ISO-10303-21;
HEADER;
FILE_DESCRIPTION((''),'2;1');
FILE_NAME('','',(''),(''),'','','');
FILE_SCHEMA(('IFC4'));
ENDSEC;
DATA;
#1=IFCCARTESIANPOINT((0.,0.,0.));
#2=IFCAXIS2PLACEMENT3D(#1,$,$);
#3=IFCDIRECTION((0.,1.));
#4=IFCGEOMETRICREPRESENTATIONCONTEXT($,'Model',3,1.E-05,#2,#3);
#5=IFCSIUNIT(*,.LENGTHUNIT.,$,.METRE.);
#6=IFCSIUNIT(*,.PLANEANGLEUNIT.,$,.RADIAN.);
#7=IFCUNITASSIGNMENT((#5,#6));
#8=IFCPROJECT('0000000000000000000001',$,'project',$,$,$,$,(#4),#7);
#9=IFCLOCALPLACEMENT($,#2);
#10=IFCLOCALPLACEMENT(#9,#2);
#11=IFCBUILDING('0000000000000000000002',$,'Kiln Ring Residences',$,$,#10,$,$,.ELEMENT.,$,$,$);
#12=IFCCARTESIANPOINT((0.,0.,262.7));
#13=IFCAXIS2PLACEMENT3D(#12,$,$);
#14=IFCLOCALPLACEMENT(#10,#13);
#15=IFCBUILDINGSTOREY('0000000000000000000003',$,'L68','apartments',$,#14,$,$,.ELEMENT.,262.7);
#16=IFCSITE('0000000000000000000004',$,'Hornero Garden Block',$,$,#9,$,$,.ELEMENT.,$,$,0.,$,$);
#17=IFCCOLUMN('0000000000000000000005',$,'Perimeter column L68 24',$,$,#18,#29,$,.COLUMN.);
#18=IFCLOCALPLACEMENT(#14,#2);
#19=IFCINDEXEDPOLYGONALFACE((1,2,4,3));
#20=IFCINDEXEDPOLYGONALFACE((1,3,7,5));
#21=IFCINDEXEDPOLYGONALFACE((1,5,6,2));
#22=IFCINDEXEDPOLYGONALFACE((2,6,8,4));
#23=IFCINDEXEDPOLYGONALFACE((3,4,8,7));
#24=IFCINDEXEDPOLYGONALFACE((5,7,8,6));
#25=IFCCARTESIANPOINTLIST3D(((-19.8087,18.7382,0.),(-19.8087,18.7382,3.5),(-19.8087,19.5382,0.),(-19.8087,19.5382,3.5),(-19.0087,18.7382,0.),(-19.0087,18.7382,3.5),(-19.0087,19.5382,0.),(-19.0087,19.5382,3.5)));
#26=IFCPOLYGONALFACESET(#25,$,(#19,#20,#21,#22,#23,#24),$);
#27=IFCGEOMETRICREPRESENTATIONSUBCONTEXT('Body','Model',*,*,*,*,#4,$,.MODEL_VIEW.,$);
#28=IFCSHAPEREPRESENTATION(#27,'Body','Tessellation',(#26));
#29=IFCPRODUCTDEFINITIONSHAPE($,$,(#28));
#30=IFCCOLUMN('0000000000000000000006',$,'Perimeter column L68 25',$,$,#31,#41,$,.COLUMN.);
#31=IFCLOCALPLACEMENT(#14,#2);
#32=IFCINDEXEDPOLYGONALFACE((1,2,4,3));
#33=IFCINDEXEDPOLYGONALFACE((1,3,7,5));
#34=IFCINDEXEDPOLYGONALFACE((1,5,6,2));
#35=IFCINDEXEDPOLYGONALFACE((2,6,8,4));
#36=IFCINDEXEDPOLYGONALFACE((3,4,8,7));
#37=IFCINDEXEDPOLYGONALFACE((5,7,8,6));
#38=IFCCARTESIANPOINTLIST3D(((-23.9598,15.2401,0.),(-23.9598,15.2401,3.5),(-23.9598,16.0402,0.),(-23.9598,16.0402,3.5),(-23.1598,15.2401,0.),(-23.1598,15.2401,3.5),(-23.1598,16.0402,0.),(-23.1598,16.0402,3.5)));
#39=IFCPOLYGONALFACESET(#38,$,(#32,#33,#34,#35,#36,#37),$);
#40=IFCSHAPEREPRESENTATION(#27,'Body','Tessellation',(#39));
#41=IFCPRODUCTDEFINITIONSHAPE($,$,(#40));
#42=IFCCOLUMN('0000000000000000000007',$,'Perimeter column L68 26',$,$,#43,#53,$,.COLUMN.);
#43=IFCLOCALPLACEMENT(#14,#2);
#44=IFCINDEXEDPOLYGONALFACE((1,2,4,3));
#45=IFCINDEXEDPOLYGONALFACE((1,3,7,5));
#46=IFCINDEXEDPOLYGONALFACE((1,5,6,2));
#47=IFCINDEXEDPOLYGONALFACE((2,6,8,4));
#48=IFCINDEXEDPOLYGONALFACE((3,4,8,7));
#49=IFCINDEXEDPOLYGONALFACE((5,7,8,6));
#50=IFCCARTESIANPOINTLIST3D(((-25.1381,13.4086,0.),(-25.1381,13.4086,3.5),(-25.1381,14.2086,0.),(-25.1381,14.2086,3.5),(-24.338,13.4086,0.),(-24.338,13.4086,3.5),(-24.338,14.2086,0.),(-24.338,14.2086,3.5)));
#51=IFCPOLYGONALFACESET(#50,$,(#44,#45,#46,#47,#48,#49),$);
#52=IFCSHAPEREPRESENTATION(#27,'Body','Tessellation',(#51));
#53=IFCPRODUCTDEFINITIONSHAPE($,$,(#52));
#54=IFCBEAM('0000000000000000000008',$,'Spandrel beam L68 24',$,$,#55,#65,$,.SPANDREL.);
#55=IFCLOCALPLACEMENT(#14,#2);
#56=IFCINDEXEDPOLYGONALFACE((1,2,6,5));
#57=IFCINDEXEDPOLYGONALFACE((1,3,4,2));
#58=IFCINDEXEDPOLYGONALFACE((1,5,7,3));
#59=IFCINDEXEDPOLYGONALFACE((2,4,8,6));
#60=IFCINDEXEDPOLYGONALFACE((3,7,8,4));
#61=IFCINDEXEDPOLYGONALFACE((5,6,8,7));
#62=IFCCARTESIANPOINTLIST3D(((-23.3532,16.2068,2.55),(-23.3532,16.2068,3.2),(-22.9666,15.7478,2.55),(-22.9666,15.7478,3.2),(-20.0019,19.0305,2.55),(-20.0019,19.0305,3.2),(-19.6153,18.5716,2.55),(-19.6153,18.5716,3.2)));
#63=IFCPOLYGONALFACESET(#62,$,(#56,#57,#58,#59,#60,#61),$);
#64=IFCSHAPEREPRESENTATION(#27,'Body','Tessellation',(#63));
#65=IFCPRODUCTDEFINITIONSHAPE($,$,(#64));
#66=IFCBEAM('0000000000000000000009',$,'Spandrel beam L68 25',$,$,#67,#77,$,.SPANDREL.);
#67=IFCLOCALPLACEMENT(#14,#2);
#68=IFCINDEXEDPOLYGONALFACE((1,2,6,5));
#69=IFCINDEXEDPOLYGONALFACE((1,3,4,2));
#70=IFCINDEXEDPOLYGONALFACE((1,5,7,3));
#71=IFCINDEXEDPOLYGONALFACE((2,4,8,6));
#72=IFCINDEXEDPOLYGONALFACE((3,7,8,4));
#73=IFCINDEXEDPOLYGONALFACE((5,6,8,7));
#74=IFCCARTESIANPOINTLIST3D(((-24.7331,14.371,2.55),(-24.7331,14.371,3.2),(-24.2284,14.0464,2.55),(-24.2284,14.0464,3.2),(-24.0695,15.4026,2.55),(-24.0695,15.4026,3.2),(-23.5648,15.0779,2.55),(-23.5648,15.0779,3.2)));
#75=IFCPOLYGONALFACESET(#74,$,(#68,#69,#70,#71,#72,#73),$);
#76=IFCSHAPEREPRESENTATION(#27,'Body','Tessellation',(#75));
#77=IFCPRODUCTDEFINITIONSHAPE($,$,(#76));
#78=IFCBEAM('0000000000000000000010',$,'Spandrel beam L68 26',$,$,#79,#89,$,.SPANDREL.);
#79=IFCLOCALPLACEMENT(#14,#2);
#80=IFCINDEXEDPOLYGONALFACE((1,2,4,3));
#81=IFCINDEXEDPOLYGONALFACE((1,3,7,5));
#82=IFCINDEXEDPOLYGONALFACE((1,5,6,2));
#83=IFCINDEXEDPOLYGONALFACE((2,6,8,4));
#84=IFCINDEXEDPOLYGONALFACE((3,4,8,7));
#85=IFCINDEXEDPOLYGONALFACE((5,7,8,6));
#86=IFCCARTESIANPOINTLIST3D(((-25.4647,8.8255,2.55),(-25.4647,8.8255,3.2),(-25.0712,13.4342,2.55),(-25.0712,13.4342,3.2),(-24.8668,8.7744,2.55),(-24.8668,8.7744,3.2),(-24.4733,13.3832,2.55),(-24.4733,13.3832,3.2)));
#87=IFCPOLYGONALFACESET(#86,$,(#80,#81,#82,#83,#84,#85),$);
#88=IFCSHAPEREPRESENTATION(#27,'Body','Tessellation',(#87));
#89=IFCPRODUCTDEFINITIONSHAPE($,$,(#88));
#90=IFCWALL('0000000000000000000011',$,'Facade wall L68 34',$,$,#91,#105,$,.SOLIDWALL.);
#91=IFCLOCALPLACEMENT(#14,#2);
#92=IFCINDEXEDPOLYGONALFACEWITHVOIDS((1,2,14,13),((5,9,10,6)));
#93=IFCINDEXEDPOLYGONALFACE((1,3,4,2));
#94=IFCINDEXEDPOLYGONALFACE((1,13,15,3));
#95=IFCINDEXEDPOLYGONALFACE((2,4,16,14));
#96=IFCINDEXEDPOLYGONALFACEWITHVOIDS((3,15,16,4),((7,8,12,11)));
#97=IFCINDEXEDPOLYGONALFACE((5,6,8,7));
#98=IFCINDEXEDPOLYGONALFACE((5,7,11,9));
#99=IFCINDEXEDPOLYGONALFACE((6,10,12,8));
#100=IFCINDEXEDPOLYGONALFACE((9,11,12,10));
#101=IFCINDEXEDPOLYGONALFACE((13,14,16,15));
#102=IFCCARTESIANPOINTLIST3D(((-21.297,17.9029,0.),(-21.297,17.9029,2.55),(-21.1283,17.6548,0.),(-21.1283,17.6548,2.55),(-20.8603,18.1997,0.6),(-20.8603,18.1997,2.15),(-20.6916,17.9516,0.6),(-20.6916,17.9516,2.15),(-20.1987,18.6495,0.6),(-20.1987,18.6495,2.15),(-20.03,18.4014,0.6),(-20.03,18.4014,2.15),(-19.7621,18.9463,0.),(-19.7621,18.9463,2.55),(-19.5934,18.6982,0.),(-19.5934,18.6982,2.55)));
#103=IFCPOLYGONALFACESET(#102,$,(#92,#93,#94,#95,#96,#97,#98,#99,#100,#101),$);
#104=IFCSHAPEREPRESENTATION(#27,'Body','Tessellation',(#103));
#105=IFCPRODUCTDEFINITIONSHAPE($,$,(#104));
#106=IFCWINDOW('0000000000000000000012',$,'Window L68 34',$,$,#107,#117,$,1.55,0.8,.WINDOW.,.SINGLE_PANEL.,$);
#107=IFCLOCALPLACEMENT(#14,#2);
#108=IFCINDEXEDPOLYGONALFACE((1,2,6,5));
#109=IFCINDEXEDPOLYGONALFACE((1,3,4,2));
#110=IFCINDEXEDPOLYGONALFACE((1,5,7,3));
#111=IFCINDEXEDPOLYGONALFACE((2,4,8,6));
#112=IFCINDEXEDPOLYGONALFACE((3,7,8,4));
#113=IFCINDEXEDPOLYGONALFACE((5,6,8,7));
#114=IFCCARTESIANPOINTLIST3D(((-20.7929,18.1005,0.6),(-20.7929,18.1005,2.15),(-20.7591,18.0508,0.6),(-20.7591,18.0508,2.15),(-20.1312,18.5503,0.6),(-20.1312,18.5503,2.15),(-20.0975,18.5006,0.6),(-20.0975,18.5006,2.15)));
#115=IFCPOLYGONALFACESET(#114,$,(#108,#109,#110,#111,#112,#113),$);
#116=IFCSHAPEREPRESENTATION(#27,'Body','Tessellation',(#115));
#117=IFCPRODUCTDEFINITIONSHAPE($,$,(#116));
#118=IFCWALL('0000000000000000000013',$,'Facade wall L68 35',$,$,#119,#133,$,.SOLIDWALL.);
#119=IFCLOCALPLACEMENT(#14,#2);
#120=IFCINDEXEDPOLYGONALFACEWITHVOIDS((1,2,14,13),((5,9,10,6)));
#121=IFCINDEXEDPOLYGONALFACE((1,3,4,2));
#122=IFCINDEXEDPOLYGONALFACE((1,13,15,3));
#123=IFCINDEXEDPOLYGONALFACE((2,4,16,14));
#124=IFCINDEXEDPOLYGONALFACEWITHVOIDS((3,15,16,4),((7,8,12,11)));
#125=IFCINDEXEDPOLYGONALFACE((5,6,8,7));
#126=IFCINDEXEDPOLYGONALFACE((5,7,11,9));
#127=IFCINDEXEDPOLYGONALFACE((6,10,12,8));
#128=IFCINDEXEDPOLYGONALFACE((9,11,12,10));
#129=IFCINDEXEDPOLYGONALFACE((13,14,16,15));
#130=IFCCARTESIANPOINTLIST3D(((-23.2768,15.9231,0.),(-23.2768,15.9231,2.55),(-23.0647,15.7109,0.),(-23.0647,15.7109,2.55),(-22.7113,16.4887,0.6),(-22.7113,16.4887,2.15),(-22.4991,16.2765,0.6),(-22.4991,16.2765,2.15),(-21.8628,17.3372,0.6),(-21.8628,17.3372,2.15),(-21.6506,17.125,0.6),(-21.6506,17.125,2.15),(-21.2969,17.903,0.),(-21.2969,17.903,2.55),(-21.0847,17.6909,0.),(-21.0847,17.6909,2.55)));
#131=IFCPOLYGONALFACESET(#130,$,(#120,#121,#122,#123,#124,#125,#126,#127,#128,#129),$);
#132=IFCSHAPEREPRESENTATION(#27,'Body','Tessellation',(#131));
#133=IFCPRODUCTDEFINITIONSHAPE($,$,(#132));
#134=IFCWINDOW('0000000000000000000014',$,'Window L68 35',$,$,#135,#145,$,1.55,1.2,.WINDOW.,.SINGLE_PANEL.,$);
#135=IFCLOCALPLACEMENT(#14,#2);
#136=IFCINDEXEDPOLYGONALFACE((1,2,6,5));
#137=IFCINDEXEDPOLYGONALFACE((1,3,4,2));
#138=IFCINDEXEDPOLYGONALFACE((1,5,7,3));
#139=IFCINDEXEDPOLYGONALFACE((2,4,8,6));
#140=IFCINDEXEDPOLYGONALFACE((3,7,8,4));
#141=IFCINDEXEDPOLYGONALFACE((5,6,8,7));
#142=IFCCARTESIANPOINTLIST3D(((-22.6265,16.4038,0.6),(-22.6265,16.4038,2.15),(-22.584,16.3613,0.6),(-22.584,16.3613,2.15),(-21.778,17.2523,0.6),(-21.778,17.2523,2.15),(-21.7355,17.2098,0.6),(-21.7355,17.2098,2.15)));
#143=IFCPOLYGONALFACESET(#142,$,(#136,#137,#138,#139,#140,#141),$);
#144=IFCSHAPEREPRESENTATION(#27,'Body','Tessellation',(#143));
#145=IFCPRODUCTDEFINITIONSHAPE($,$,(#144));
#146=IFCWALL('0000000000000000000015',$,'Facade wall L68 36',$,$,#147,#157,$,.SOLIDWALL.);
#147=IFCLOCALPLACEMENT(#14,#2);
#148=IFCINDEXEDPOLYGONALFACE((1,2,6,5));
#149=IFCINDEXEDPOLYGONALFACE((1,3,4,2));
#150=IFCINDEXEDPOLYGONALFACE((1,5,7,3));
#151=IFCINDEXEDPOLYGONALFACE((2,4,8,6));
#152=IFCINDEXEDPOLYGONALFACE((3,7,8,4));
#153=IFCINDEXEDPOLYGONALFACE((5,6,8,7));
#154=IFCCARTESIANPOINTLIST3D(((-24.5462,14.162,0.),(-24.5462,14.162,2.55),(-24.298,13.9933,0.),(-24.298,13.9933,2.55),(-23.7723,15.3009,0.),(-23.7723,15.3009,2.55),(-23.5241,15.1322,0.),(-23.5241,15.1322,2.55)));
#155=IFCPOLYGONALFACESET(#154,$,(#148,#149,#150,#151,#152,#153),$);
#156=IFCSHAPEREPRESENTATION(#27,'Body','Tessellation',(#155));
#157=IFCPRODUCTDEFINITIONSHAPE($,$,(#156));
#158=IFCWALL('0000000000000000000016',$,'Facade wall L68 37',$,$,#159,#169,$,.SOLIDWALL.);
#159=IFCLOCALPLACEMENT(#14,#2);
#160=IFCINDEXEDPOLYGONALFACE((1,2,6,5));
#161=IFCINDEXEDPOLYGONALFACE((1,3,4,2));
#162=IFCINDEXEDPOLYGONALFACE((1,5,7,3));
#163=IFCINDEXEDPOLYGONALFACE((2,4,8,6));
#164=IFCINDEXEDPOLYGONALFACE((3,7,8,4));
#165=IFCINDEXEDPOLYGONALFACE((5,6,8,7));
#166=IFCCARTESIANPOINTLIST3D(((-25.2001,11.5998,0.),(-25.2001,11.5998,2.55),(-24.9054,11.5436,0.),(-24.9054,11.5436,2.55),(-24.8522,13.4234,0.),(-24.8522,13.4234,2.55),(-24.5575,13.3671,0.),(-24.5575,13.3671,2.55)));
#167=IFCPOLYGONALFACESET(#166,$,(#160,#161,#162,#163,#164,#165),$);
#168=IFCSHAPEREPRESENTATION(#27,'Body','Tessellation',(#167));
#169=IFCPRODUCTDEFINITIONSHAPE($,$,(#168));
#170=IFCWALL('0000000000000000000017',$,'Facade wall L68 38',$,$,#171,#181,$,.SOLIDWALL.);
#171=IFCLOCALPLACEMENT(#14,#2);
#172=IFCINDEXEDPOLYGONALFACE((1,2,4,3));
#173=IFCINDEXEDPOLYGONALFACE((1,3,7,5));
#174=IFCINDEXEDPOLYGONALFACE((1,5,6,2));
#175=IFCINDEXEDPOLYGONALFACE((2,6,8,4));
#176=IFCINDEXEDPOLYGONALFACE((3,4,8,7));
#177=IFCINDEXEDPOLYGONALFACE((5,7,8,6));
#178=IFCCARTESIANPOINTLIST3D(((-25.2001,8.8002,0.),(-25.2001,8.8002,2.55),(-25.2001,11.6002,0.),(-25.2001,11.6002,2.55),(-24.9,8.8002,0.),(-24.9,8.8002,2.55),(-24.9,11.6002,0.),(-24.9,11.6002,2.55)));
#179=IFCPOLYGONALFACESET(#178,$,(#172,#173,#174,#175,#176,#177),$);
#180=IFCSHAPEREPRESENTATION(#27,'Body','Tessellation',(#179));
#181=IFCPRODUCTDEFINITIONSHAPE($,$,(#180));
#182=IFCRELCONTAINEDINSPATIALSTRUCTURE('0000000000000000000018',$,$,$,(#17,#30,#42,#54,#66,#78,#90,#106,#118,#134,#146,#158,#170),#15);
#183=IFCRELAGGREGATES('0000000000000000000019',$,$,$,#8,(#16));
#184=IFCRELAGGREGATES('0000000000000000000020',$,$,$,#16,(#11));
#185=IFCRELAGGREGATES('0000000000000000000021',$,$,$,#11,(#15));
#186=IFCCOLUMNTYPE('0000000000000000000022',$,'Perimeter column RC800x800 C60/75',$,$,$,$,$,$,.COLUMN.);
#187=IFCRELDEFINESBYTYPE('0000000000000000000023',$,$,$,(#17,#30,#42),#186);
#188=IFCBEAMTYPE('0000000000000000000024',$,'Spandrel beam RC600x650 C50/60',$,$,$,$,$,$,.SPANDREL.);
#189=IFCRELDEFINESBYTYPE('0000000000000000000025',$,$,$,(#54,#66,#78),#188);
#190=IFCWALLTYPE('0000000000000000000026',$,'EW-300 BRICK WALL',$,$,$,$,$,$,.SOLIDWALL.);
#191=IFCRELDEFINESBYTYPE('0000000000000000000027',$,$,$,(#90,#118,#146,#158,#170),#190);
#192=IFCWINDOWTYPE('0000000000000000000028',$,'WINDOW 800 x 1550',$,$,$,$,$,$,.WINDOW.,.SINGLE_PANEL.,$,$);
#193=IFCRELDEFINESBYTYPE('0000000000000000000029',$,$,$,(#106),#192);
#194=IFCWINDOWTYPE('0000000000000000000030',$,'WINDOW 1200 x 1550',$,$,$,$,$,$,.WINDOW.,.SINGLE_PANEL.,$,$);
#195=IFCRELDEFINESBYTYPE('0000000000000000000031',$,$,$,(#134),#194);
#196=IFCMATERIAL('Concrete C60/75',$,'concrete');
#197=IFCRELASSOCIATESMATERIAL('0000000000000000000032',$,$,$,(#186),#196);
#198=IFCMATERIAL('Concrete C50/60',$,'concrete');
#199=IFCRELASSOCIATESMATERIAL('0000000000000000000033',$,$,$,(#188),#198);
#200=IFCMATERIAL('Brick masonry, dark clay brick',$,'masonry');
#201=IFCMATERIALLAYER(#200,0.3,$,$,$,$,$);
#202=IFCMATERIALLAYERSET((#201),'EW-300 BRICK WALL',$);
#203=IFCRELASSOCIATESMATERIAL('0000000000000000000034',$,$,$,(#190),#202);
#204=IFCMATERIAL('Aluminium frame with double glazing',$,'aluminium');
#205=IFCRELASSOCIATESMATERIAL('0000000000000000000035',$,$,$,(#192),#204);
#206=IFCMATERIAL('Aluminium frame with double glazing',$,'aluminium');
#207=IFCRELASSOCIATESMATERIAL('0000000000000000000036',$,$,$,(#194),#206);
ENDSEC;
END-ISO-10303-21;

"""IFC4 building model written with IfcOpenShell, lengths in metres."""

from ifc_helpers import new_model, si_unit, direction, frame, frame_2d, origin, origin_2d, place, context, subcontext, project, spatial, rectangle, extrude, material, layer, layer_set, material_profile, profile_set, type_object, element, fill, save


model = new_model("IFC4")

# Units and contexts
model_context = context("Model", 3, precision=1e-05, world=origin(), true_north=direction((0.0, 1.0)))
body_context = subcontext(model_context, "Body", "Model", "MODEL_VIEW")
ifc_project = project(units=[si_unit("LENGTHUNIT", "METRE"), si_unit("PLANEANGLEUNIT", "RADIAN")], contexts=[model_context])

# Site, building, storey
site_placement = place(None, origin())
site = spatial("IfcSite", under=ifc_project, at=site_placement, Name="Hornero Garden Block", CompositionType="ELEMENT", RefElevation=0.0)
building_placement = place(site_placement, origin())
building = spatial("IfcBuilding", under=site, at=building_placement, Name="Kiln Ring Residences", CompositionType="ELEMENT")
storey_placement = place(building_placement, frame((0.0, 0.0, 262.7)))
storey = spatial("IfcBuildingStorey", under=building, at=storey_placement, Name="L68", Description="apartments", CompositionType="ELEMENT", Elevation=262.7)

# Columns
ifc_material_1 = material(Name="Concrete C60/75", Category="concrete")
ifc_material_profile_1 = material_profile(ifc_material_1, rectangle(XDim=0.8, YDim=0.8, at=origin_2d()), Name="RC800x800")
ifc_profile_set_1 = profile_set([ifc_material_profile_1], Name="Concrete C60/75")
column_type = type_object("IfcColumnType", Name="Perimeter column RC800x800 C60/75", PredefinedType="COLUMN", material=ifc_profile_set_1)
for number, where, z_axis, x_axis, name in (
    (1, (-19.4087, 19.1382, 0.0), (0.0, 0.0, 1.0), (1.0, 0.0, 0.0), "Perimeter column L68 24"),
    (2, (-23.5598, 15.6401, 0.0), (0.0, 0.0, 1.0), (1.0, 0.0, 0.0), "Perimeter column L68 25"),
    (3, (-24.738, 13.8086, 0.0), (0.0, 0.0, 1.0), (1.0, 0.0, 0.0), "Perimeter column L68 26"),
):
    element("IfcColumn", number, at=place(storey_placement, frame(where, z_axis=z_axis, x_axis=x_axis)), inside=storey, type_object=column_type, Name=name, PredefinedType="COLUMN", context=body_context, shape_type="SweptSolid", body=[
        extrude(rectangle(XDim=0.8, YDim=0.8, at=origin_2d()), origin(), (0.0, 0.0, 1.0), 3.5),
    ])

# Beams
ifc_material_2 = material(Name="Concrete C50/60", Category="concrete")
ifc_material_profile_2 = material_profile(ifc_material_2, rectangle(XDim=0.6001, YDim=0.6499, at=origin_2d()), Name="RC600x650")
ifc_profile_set_2 = profile_set([ifc_material_profile_2], Name="Concrete C50/60")
beam_type = type_object("IfcBeamType", Name="Spandrel beam RC600x650 C50/60", PredefinedType="SPANDREL", material=ifc_profile_set_2)
beam_1_placement = place(storey_placement, frame((-19.8086, 18.801, 2.875), z_axis=(-0.764735, -0.644345, 0.0), x_axis=(0.644345, -0.764735, 0.0)))
element("IfcBeam", 4, at=beam_1_placement, inside=storey, type_object=beam_type, Name="Spandrel beam L68 24", PredefinedType="SPANDREL", context=body_context, shape_type="SweptSolid", body=[
    extrude(rectangle(XDim=0.6001, YDim=0.6499, at=origin_2d()), origin(), (0.0, 0.0, 1.0), 4.3823),
])
beam_2_placement = place(storey_placement, frame((-23.8171, 15.2402, 2.875), z_axis=(-0.541029, -0.841004, 0.0), x_axis=(0.841004, -0.541029, 0.0)))
element("IfcBeam", 5, at=beam_2_placement, inside=storey, type_object=beam_type, Name="Spandrel beam L68 25", PredefinedType="SPANDREL", context=body_context, shape_type="SweptSolid", body=[
    extrude(rectangle(XDim=0.6001, YDim=0.6499, at=origin_2d()), origin(), (0.0, 0.0, 1.0), 1.2266),
])
beam_3_placement = place(storey_placement, frame((-24.7722, 13.4087, 2.875), z_axis=(-0.085085, -0.996374, 0.0), x_axis=(0.996374, -0.085085, 0.0)))
element("IfcBeam", 6, at=beam_3_placement, inside=storey, type_object=beam_type, Name="Spandrel beam L68 26", PredefinedType="SPANDREL", context=body_context, shape_type="SweptSolid", body=[
    extrude(rectangle(XDim=0.6001, YDim=0.6499, at=origin_2d()), origin(), (0.0, 0.0, 1.0), 4.6255),
])

# Walls, openings, windows
ifc_material_3 = material(Name="Brick masonry, dark clay brick", Category="masonry")
ifc_layer_1 = layer(ifc_material_3, 0.3)
ifc_layer_set_1 = layer_set([ifc_layer_1], Name="EW-300 BRICK WALL")
wall_type_1 = type_object("IfcWallType", Name="EW-300 BRICK WALL", PredefinedType="SOLIDWALL", material=ifc_layer_set_1)
wall_1_placement = place(storey_placement, frame((-19.6777, 18.8223, 0.0), z_axis=(0.0, 0.0, 1.0), x_axis=(-0.826997, -0.562206, 0.0)))
wall_1 = element("IfcWall", 7, at=wall_1_placement, inside=storey, type_object=wall_type_1, Name="Facade wall L68 34", PredefinedType="SOLIDWALL", context=body_context, shape_type="SweptSolid", body=[
    extrude(rectangle(XDim=1.856, YDim=0.3, at=frame_2d((0.928, 0.0))), origin(), (0.0, 0.0, 1.0), 2.55),
])
opening_1_placement = place(wall_1_placement, frame((0.5281, 0.0, 0.6001)))
opening_1 = element("IfcOpeningElement", 8, at=opening_1_placement, cuts=wall_1, PredefinedType="OPENING", context=body_context, shape_type="SweptSolid", body=[
    extrude(rectangle(XDim=0.8, YDim=1.55, at=frame_2d((0.3999, 0.7749))), frame((0.0, 0.1599, 0.0), z_axis=(0.0, -1.0, 0.0), x_axis=(1.0, 0.0, 0.0)), (0.0, 0.0, 1.0), 0.3201),
])
ifc_material_4 = material(Name="Aluminium frame with double glazing", Category="aluminium")
window_type_1 = type_object("IfcWindowType", Name="WINDOW 800 x 1550", PartitioningType="SINGLE_PANEL", PredefinedType="WINDOW", material=ifc_material_4)
window_1_placement = place(opening_1_placement, origin())
window_1 = element("IfcWindow", 9, at=window_1_placement, inside=storey, type_object=window_type_1, Name="Window L68 34", OverallHeight=1.55, OverallWidth=0.8, PartitioningType="SINGLE_PANEL", PredefinedType="WINDOW", context=body_context, shape_type="SweptSolid", body=[
    extrude(rectangle(XDim=0.8, YDim=1.55, at=frame_2d((0.3999, 0.7749))), frame((0.0, 0.03, 0.0), z_axis=(0.0, -1.0, 0.0), x_axis=(1.0, 0.0, 0.0)), (0.0, 0.0, 1.0), 0.0601),
])
fill(opening_1, window_1)
wall_2_placement = place(storey_placement, frame((-21.1909, 17.7969, 0.0), z_axis=(0.0, 0.0, 1.0), x_axis=(-0.707107, -0.707107, 0.0)))
wall_2 = element("IfcWall", 10, at=wall_2_placement, inside=storey, type_object=wall_type_1, Name="Facade wall L68 35", PredefinedType="SOLIDWALL", context=body_context, shape_type="SweptSolid", body=[
    extrude(rectangle(XDim=2.8, YDim=0.3, at=frame_2d((1.3999, 0.0))), origin(), (0.0, 0.0, 1.0), 2.55),
])
opening_2_placement = place(wall_2_placement, frame((0.8, 0.0, 0.6001)))
opening_2 = element("IfcOpeningElement", 11, at=opening_2_placement, cuts=wall_2, PredefinedType="OPENING", context=body_context, shape_type="SweptSolid", body=[
    extrude(rectangle(XDim=1.2, YDim=1.55, at=frame_2d((0.6001, 0.7749))), frame((0.0, 0.1599, 0.0), z_axis=(0.0, -1.0, 0.0), x_axis=(1.0, 0.0, 0.0)), (0.0, 0.0, 1.0), 0.3201),
])
ifc_material_5 = material(Name="Aluminium frame with double glazing", Category="aluminium")
window_type_2 = type_object("IfcWindowType", Name="WINDOW 1200 x 1550", PartitioningType="SINGLE_PANEL", PredefinedType="WINDOW", material=ifc_material_5)
window_2_placement = place(opening_2_placement, origin())
window_2 = element("IfcWindow", 12, at=window_2_placement, inside=storey, type_object=window_type_2, Name="Window L68 35", OverallHeight=1.55, OverallWidth=1.2, PartitioningType="SINGLE_PANEL", PredefinedType="WINDOW", context=body_context, shape_type="SweptSolid", body=[
    extrude(rectangle(XDim=1.2, YDim=1.55, at=frame_2d((0.6001, 0.7749))), frame((0.0, 0.03, 0.0), z_axis=(0.0, -1.0, 0.0), x_axis=(1.0, 0.0, 0.0)), (0.0, 0.0, 1.0), 0.0601),
])
fill(opening_2, window_2)

# Walls
wall_3_placement = place(storey_placement, frame((-23.6482, 15.2166, 0.0), z_axis=(0.0, 0.0, 1.0), x_axis=(-0.562043, -0.827108, 0.0)))
element("IfcWall", 13, at=wall_3_placement, inside=storey, type_object=wall_type_1, Name="Facade wall L68 36", PredefinedType="SOLIDWALL", context=body_context, shape_type="SweptSolid", body=[
    extrude(rectangle(XDim=1.377, YDim=0.3, at=frame_2d((0.6885, 0.0))), origin(), (0.0, 0.0, 1.0), 2.55),
])
wall_4_placement = place(storey_placement, frame((-24.7048, 13.3953, 0.0), z_axis=(0.0, 0.0, 1.0), x_axis=(-0.187408, -0.982282, 0.0)))
element("IfcWall", 14, at=wall_4_placement, inside=storey, type_object=wall_type_1, Name="Facade wall L68 37", PredefinedType="SOLIDWALL", context=body_context, shape_type="SweptSolid", body=[
    extrude(rectangle(XDim=1.8564, YDim=0.3, at=frame_2d((0.9282, 0.0))), origin(), (0.0, 0.0, 1.0), 2.55),
])
wall_5_placement = place(storey_placement, frame((-25.05, 11.6001, 0.0), z_axis=(0.0, 0.0, 1.0), x_axis=(0.0, -1.0, 0.0)))
element("IfcWall", 15, at=wall_5_placement, inside=storey, type_object=wall_type_1, Name="Facade wall L68 38", PredefinedType="SOLIDWALL", context=body_context, shape_type="SweptSolid", body=[
    extrude(rectangle(XDim=2.8, YDim=0.3, at=frame_2d((1.3999, 0.0))), origin(), (0.0, 0.0, 1.0), 2.55),
])

save(model, "model.ifc")
